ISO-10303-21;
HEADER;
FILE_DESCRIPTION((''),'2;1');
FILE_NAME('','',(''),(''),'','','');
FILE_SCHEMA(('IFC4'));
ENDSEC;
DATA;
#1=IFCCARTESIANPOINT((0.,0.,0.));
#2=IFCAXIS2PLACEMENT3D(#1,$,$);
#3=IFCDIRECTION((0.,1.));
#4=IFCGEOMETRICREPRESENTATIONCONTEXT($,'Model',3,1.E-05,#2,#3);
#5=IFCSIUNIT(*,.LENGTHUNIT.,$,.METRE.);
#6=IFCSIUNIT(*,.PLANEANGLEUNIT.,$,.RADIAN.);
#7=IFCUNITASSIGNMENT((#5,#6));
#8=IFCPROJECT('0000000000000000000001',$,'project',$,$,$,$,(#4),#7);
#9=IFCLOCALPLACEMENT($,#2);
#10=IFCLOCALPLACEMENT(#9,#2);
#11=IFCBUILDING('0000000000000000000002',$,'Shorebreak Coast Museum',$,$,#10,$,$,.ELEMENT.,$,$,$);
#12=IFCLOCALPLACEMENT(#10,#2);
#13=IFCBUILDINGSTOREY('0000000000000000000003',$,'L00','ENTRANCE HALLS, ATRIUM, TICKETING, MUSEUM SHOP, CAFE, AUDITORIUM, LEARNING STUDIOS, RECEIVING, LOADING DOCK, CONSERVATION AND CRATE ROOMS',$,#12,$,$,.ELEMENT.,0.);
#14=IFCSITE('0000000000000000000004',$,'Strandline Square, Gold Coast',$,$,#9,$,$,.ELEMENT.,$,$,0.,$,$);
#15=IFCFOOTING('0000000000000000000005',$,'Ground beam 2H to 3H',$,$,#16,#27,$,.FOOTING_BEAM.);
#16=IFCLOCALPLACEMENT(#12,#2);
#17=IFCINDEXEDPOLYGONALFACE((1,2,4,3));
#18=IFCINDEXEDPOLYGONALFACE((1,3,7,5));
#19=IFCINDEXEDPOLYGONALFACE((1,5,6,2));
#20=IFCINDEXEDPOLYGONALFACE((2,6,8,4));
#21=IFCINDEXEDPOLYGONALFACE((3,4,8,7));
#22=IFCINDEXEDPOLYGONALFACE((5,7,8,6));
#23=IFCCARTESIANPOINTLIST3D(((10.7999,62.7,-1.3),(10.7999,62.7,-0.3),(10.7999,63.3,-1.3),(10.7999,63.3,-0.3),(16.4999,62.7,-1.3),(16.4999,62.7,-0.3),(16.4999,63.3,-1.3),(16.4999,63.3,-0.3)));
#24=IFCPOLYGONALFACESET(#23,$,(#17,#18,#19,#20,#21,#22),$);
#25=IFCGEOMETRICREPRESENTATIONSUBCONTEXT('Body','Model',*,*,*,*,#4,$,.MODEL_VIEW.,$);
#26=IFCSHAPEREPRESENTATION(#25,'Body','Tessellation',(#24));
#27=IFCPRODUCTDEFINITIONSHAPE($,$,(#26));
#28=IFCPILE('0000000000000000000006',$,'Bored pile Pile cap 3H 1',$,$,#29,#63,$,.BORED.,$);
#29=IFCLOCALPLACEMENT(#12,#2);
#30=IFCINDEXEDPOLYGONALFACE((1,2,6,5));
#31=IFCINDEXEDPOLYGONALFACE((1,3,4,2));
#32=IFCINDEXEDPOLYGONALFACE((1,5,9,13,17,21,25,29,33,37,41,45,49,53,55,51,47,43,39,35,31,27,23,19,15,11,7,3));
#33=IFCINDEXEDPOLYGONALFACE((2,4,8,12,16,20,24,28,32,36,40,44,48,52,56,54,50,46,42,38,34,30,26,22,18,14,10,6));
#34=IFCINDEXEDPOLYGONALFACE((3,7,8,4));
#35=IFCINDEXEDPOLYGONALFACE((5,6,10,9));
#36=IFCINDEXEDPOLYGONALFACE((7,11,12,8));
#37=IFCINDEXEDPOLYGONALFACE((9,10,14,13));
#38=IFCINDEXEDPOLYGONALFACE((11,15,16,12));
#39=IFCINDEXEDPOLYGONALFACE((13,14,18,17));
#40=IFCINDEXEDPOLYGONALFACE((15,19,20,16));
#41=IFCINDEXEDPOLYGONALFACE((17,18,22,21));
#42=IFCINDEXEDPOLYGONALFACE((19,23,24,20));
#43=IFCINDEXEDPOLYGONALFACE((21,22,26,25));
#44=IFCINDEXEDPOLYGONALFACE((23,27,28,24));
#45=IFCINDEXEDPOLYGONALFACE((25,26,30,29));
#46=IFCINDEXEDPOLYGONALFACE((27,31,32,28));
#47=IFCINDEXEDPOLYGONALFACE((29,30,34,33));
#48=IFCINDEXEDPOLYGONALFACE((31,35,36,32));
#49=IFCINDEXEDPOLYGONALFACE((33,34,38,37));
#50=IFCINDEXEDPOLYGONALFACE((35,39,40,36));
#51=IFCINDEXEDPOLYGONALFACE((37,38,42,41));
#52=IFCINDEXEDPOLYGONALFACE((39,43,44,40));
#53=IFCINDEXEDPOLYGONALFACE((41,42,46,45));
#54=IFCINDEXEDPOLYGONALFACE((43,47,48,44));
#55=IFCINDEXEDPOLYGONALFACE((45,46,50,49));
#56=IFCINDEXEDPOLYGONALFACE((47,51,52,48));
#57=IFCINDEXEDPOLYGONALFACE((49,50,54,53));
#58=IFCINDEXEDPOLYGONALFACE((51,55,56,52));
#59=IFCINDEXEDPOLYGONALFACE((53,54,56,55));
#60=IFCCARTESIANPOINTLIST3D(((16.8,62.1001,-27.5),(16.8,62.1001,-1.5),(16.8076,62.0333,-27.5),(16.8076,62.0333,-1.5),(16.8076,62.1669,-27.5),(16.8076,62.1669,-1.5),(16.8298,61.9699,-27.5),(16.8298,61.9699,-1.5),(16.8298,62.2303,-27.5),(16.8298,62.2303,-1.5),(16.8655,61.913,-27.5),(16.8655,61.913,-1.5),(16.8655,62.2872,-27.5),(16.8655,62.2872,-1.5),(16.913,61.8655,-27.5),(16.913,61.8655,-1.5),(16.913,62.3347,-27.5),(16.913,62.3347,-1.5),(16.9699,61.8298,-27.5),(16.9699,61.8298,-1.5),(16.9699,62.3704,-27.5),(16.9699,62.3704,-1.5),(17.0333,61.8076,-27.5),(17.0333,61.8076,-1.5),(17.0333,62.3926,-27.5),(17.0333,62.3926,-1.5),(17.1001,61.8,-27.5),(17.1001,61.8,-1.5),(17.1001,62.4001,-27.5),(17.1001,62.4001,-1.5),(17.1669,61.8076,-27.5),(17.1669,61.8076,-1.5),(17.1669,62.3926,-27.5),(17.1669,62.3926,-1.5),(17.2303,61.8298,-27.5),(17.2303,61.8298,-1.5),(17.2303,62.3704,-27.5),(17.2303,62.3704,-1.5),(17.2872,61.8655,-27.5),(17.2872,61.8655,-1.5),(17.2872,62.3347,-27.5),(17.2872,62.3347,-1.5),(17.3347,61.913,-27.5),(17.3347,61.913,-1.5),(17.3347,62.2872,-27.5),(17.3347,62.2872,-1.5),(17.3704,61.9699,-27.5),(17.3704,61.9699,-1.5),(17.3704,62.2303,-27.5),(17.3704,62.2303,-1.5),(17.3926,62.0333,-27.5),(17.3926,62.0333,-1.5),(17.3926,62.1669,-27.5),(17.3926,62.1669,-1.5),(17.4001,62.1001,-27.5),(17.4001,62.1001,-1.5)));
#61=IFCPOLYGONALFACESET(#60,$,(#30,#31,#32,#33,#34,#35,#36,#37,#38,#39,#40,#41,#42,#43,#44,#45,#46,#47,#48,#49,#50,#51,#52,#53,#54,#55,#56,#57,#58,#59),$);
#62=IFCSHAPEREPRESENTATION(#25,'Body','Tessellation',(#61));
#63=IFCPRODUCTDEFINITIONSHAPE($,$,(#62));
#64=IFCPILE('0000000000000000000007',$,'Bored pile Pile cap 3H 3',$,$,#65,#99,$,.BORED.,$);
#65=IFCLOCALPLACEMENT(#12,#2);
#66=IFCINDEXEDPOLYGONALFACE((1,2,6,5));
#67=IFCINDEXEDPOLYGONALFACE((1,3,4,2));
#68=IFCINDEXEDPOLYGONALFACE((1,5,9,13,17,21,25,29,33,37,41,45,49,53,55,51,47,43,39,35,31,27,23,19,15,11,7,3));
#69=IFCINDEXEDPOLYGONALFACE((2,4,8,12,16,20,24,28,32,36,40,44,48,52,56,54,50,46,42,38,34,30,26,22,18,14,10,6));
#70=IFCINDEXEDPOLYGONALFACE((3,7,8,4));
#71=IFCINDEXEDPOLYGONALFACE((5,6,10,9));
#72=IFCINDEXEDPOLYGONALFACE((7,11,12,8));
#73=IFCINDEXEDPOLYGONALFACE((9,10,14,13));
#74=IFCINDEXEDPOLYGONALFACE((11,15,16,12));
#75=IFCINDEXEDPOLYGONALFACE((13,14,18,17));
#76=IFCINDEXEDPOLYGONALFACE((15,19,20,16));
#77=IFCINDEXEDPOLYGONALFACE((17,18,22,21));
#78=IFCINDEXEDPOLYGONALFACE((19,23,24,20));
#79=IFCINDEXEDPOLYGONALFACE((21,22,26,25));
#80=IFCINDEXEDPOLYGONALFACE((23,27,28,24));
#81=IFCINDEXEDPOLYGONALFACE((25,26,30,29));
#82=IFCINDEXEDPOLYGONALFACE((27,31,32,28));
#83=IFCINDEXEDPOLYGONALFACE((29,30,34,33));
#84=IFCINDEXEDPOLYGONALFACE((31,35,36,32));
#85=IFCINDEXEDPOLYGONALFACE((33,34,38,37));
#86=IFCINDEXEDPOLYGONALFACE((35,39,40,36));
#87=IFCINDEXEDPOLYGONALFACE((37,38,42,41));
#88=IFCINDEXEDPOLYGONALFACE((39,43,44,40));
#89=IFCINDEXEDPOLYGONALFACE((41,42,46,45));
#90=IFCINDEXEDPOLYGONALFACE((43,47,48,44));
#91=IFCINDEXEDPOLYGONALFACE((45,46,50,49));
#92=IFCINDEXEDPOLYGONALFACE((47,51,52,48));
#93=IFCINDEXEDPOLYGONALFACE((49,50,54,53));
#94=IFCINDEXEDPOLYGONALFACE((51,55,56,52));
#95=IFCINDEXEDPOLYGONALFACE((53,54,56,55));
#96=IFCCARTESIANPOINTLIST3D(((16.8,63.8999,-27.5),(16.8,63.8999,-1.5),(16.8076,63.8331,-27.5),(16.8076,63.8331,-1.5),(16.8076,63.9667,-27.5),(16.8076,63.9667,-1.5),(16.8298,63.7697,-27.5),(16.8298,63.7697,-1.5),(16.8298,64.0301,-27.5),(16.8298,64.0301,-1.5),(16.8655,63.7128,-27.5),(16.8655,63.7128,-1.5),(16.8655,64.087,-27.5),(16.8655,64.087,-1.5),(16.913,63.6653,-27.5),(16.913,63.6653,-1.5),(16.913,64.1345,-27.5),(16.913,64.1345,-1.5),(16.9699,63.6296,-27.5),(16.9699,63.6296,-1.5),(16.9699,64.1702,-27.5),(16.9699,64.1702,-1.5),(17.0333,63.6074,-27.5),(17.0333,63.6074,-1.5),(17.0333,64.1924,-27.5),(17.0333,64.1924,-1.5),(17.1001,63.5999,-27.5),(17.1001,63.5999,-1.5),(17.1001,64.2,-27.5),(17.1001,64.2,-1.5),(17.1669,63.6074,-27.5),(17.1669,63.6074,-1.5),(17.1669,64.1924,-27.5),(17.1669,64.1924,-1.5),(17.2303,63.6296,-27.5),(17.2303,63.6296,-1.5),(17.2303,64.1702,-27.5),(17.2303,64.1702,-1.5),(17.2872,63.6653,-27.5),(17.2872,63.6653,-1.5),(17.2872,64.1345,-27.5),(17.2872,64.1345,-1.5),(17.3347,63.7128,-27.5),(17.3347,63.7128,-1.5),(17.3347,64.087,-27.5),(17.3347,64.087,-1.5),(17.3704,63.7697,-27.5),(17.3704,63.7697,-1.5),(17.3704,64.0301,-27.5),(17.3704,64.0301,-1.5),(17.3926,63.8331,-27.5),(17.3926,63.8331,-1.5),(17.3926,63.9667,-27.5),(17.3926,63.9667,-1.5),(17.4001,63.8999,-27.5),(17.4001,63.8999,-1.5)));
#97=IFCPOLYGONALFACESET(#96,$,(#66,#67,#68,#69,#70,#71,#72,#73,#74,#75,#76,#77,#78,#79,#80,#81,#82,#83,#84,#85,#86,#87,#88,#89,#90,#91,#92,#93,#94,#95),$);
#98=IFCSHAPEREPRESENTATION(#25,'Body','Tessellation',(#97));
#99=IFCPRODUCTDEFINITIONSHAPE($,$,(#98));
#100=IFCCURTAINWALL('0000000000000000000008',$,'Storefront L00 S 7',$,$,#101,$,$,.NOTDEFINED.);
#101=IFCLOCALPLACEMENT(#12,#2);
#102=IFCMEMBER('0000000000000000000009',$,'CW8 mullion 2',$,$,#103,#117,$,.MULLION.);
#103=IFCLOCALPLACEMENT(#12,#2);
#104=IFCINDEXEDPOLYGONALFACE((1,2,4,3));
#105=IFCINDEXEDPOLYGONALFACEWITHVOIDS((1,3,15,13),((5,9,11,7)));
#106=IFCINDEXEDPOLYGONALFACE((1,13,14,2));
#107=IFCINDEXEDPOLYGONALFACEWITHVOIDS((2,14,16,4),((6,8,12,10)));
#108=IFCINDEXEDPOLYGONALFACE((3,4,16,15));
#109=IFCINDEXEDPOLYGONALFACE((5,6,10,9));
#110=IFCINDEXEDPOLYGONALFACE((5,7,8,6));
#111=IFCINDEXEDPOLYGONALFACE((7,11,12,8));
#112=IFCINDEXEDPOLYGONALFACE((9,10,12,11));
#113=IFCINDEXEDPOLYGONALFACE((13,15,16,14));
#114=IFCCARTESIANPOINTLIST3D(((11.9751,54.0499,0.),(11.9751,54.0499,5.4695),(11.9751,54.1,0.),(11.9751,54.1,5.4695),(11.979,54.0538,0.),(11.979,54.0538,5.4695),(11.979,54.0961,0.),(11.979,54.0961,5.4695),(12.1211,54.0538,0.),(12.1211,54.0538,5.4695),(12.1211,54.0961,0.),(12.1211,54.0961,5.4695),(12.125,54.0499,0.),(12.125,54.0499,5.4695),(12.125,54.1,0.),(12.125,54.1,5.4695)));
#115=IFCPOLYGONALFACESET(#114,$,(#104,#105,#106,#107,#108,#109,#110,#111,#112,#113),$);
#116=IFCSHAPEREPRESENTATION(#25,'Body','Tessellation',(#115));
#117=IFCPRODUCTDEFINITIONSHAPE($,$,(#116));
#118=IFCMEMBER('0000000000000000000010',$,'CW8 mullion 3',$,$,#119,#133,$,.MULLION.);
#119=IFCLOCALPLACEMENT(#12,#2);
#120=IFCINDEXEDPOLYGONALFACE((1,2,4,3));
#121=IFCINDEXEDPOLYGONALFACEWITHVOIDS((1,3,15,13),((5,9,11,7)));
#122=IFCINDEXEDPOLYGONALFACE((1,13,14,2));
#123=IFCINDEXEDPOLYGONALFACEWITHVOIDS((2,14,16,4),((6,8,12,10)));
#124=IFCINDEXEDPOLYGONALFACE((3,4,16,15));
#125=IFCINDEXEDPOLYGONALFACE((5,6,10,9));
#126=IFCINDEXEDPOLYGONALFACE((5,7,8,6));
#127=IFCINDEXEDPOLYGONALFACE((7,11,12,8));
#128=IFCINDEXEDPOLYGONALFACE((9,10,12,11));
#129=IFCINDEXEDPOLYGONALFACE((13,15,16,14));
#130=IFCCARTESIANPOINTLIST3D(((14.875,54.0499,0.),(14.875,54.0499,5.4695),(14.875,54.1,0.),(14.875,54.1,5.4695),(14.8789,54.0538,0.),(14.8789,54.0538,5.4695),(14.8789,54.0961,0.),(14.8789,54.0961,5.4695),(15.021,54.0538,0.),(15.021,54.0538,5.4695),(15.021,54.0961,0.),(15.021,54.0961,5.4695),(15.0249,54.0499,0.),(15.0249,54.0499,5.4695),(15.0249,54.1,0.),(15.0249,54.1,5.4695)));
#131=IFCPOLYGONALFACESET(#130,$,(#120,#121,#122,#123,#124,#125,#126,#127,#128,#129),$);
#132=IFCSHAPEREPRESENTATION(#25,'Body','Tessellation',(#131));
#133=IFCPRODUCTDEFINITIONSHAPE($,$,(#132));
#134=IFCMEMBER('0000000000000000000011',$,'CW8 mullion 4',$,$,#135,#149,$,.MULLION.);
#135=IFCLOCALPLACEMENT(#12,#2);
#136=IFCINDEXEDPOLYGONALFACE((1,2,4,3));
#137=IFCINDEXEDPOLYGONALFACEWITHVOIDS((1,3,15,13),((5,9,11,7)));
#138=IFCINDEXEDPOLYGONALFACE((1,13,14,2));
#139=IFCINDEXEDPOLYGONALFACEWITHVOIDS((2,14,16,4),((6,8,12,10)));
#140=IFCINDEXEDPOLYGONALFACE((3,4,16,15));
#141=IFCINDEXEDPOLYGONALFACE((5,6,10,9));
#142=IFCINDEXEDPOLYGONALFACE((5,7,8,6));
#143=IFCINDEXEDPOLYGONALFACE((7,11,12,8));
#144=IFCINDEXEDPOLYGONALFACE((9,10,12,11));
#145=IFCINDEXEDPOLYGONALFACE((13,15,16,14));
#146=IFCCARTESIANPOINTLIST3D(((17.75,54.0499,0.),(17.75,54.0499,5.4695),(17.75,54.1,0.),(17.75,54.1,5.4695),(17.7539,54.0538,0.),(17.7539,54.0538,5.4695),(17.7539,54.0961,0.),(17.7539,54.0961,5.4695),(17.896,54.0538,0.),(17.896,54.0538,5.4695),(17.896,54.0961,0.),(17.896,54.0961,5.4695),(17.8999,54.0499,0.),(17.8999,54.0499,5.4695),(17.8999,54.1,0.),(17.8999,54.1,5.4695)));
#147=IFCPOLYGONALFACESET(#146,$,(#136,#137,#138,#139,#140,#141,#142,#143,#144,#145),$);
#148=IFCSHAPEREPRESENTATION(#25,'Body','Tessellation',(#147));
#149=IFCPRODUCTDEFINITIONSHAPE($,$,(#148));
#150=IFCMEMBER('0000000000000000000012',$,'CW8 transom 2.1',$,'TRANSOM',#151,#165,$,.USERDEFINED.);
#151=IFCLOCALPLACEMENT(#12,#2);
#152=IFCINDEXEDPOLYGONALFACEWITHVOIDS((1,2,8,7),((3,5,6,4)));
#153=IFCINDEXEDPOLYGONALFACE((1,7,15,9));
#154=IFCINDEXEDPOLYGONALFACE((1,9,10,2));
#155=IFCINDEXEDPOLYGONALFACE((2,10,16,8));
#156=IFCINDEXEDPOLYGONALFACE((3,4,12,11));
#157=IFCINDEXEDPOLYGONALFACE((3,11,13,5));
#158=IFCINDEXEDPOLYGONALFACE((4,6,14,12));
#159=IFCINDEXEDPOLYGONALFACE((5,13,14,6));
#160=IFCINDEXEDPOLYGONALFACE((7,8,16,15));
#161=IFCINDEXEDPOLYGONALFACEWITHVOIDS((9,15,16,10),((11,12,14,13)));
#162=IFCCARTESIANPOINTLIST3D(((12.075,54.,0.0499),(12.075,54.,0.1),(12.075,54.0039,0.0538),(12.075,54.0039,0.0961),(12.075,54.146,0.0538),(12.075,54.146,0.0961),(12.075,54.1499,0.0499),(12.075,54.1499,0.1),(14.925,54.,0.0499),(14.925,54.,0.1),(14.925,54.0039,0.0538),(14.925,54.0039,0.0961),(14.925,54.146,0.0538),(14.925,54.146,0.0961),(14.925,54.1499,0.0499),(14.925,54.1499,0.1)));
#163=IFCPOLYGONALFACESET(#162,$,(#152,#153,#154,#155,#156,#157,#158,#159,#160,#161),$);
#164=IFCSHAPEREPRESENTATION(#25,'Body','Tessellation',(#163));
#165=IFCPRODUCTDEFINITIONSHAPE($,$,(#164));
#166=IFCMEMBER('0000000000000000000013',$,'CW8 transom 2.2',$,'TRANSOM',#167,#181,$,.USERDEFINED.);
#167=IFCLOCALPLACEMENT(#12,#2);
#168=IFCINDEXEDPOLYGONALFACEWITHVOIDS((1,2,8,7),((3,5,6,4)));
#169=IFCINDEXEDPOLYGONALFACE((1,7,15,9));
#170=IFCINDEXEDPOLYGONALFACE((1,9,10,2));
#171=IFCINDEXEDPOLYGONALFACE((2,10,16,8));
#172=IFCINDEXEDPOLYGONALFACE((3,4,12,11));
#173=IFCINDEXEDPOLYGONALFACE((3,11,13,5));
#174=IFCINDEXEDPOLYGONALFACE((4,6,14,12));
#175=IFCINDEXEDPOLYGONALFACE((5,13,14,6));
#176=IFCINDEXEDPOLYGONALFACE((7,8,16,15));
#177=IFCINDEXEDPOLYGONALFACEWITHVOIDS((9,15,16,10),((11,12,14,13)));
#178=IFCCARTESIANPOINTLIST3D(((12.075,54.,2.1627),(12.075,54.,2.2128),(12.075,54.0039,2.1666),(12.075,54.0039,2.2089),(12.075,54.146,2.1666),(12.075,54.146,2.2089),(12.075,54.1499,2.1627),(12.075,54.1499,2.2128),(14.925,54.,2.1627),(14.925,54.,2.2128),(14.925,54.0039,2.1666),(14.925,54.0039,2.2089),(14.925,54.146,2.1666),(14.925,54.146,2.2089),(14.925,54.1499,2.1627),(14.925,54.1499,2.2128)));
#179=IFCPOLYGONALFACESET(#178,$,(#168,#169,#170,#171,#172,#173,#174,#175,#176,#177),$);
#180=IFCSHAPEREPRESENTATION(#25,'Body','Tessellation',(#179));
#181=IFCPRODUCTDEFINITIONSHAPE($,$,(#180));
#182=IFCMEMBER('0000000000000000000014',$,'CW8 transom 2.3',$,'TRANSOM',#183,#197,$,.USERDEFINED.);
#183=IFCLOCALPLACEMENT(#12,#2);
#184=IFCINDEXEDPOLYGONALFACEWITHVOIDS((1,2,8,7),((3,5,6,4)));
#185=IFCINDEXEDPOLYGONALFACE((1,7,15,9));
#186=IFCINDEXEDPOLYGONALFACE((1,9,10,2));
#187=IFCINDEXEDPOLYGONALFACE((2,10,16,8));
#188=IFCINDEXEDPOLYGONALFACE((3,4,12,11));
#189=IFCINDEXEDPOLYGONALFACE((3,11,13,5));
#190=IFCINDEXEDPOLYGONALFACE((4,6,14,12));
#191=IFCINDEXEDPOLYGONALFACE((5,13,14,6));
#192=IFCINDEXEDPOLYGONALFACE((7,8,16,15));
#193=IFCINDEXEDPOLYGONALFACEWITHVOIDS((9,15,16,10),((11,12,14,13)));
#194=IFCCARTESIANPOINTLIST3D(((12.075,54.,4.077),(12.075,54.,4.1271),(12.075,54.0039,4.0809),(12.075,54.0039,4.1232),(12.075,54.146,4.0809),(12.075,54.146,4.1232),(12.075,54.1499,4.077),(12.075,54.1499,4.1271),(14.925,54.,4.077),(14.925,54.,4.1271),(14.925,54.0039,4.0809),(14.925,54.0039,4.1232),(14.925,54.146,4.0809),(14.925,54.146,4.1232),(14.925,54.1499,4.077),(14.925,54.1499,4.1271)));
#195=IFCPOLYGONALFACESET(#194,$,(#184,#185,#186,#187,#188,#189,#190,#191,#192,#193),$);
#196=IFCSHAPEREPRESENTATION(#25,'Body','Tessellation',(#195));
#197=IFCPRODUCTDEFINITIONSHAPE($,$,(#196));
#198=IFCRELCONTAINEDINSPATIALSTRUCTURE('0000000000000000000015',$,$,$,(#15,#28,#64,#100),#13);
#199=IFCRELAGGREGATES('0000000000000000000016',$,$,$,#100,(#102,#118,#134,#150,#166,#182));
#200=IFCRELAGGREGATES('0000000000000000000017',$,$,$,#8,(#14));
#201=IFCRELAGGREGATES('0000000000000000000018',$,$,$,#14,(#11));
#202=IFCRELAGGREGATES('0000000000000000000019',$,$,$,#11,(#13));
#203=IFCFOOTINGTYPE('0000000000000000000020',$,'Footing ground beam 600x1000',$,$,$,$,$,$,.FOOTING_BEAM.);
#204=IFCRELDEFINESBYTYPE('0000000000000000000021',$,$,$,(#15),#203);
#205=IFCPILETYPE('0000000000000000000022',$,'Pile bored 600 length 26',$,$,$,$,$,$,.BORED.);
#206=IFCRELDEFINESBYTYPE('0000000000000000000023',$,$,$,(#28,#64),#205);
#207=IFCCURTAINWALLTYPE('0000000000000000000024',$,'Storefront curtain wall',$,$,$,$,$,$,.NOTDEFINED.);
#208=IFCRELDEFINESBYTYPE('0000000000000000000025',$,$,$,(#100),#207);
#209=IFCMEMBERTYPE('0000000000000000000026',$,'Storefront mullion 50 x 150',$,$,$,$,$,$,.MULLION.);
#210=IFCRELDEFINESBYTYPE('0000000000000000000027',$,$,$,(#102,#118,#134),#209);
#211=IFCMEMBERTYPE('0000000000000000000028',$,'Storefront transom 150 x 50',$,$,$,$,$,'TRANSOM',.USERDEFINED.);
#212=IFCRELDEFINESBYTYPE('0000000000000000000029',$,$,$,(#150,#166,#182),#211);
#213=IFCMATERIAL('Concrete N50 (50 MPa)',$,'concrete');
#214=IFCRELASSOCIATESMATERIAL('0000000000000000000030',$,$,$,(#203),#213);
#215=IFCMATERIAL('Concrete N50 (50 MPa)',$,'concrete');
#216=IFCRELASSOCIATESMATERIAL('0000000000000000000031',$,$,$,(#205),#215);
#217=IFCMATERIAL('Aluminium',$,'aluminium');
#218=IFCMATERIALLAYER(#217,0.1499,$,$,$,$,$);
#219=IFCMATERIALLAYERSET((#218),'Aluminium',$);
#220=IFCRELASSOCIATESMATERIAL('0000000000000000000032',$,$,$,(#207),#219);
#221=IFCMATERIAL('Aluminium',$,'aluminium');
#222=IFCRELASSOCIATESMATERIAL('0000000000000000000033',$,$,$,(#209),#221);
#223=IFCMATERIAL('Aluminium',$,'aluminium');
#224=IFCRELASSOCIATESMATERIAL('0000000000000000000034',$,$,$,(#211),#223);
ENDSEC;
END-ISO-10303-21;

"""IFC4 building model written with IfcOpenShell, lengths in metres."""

from ifc_helpers import new_model, si_unit, direction, frame, origin, origin_2d, place, context, subcontext, project, spatial, rectangle, hollow_rectangle, circle, extrude, material, layer, layer_set, material_profile, profile_set, type_object, element, aggregate, save


model = new_model("IFC4")

# Units and contexts
model_context = context("Model", 3, precision=1e-05, world=origin(), true_north=direction((0.0, 1.0)))
body_context = subcontext(model_context, "Body", "Model", "MODEL_VIEW")
ifc_project = project(units=[si_unit("LENGTHUNIT", "METRE"), si_unit("PLANEANGLEUNIT", "RADIAN")], contexts=[model_context])

# Site, building, storey
site_placement = place(None, origin())
site = spatial("IfcSite", under=ifc_project, at=site_placement, Name="Strandline Square, Gold Coast", CompositionType="ELEMENT", RefElevation=0.0)
building_placement = place(site_placement, origin())
building = spatial("IfcBuilding", under=site, at=building_placement, Name="Shorebreak Coast Museum", CompositionType="ELEMENT")
storey_placement = place(building_placement, origin())
storey = spatial("IfcBuildingStorey", under=building, at=storey_placement, Name="L00", Description="ENTRANCE HALLS, ATRIUM, TICKETING, MUSEUM SHOP, CAFE, AUDITORIUM, LEARNING STUDIOS, RECEIVING, LOADING DOCK, CONSERVATION AND CRATE ROOMS", CompositionType="ELEMENT", Elevation=0.0)

# Footing
ifc_material_1 = material(Name="Concrete N50 (50 MPa)", Category="concrete")
footing_type = type_object("IfcFootingType", Name="Footing ground beam 600x1000", PredefinedType="FOOTING_BEAM", material=ifc_material_1)
footing_placement = place(storey_placement, frame((13.6499, 63.0, -1.3), z_axis=(0.0, 0.0, 1.0), x_axis=(1.0, 0.0, 0.0)))
element("IfcFooting", 1, at=footing_placement, inside=storey, type_object=footing_type, Name="Ground beam 2H to 3H", PredefinedType="FOOTING_BEAM", context=body_context, shape_type="SweptSolid", body=[
    extrude(rectangle(XDim=5.7, YDim=0.6001, at=origin_2d()), origin(), (0.0, 0.0, 1.0), 1.0),
])

# Piles
ifc_material_2 = material(Name="Concrete N50 (50 MPa)", Category="concrete")
ifc_material_profile_1 = material_profile(ifc_material_2, circle(Radius=0.3, at=origin_2d()), Name="Pile bored 600 length 26")
ifc_profile_set_1 = profile_set([ifc_material_profile_1], Name="Concrete N50 (50 MPa)")
pile_type = type_object("IfcPileType", Name="Pile bored 600 length 26", PredefinedType="BORED", material=ifc_profile_set_1)
for number, where, z_axis, x_axis, name in (
    (2, (17.1001, 62.1001, -1.5), (0.0, 0.0, -1.0), (1.0, 0.0, 0.0), "Bored pile Pile cap 3H 1"),
    (3, (17.1001, 63.8999, -1.5), (0.0, 0.0, -1.0), (1.0, 0.0, 0.0), "Bored pile Pile cap 3H 3"),
):
    element("IfcPile", number, at=place(storey_placement, frame(where, z_axis=z_axis, x_axis=x_axis)), inside=storey, type_object=pile_type, Name=name, PredefinedType="BORED", context=body_context, shape_type="SweptSolid", body=[
        extrude(circle(Radius=0.3, at=origin_2d()), origin(), (0.0, 0.0, 1.0), 26.0),
    ])

# Curtain wall, members
ifc_material_3 = material(Name="Aluminium", Category="aluminium")
ifc_layer_1 = layer(ifc_material_3, 0.1499)
ifc_layer_set_1 = layer_set([ifc_layer_1], Name="Aluminium")
curtain_wall_type = type_object("IfcCurtainWallType", Name="Storefront curtain wall", PredefinedType="NOTDEFINED", material=ifc_layer_set_1)
curtain_wall_placement = place(storey_placement, origin())
curtain_wall = element("IfcCurtainWall", 4, at=curtain_wall_placement, inside=storey, type_object=curtain_wall_type, Name="Storefront L00 S 7", PredefinedType="NOTDEFINED")
ifc_material_4 = material(Name="Aluminium", Category="aluminium")
ifc_material_profile_2 = material_profile(ifc_material_4, hollow_rectangle(XDim=0.05, YDim=0.1499, WallThickness=0.0039, at=origin_2d()), Name="AL 150x50 RHS")
ifc_profile_set_2 = profile_set([ifc_material_profile_2], Name="Aluminium")
member_type_1 = type_object("IfcMemberType", Name="Storefront mullion 50 x 150", PredefinedType="MULLION", material=ifc_profile_set_2)
member_1_placement = place(storey_placement, frame((12.05, 54.075, 0.0), z_axis=(0.0, 0.0, 1.0), x_axis=(0.0, 1.0, 0.0)))
member_1 = element("IfcMember", 5, at=member_1_placement, type_object=member_type_1, Name="CW8 mullion 2", PredefinedType="MULLION", context=body_context, shape_type="SweptSolid", body=[
    extrude(hollow_rectangle(XDim=0.05, YDim=0.1499, WallThickness=0.0039, at=origin_2d()), origin(), (0.0, 0.0, 1.0), 5.4695),
])
member_2_placement = place(storey_placement, frame((14.95, 54.075, 0.0), z_axis=(0.0, 0.0, 1.0), x_axis=(0.0, 1.0, 0.0)))
member_2 = element("IfcMember", 6, at=member_2_placement, type_object=member_type_1, Name="CW8 mullion 3", PredefinedType="MULLION", context=body_context, shape_type="SweptSolid", body=[
    extrude(hollow_rectangle(XDim=0.05, YDim=0.1499, WallThickness=0.0039, at=origin_2d()), origin(), (0.0, 0.0, 1.0), 5.4695),
])
member_3_placement = place(storey_placement, frame((17.825, 54.075, 0.0), z_axis=(0.0, 0.0, 1.0), x_axis=(0.0, 1.0, 0.0)))
member_3 = element("IfcMember", 7, at=member_3_placement, type_object=member_type_1, Name="CW8 mullion 4", PredefinedType="MULLION", context=body_context, shape_type="SweptSolid", body=[
    extrude(hollow_rectangle(XDim=0.05, YDim=0.1499, WallThickness=0.0039, at=origin_2d()), origin(), (0.0, 0.0, 1.0), 5.4695),
])
ifc_material_5 = material(Name="Aluminium", Category="aluminium")
ifc_material_profile_3 = material_profile(ifc_material_5, hollow_rectangle(XDim=0.1499, YDim=0.05, WallThickness=0.0039, at=origin_2d()), Name="AL 50x150 RHS")
ifc_profile_set_3 = profile_set([ifc_material_profile_3], Name="Aluminium")
member_type_2 = type_object("IfcMemberType", Name="Storefront transom 150 x 50", ElementType="TRANSOM", PredefinedType="USERDEFINED", material=ifc_profile_set_3)
member_4_placement = place(storey_placement, frame((12.075, 54.075, 0.075), z_axis=(1.0, 0.0, 0.0), x_axis=(0.0, 1.0, 0.0)))
member_4 = element("IfcMember", 8, at=member_4_placement, type_object=member_type_2, Name="CW8 transom 2.1", ObjectType="TRANSOM", PredefinedType="USERDEFINED", context=body_context, shape_type="SweptSolid", body=[
    extrude(hollow_rectangle(XDim=0.1499, YDim=0.05, WallThickness=0.0039, at=origin_2d()), origin(), (0.0, 0.0, 1.0), 2.8501),
])
member_5_placement = place(storey_placement, frame((12.075, 54.075, 2.1877), z_axis=(1.0, 0.0, 0.0), x_axis=(0.0, 1.0, 0.0)))
member_5 = element("IfcMember", 9, at=member_5_placement, type_object=member_type_2, Name="CW8 transom 2.2", ObjectType="TRANSOM", PredefinedType="USERDEFINED", context=body_context, shape_type="SweptSolid", body=[
    extrude(hollow_rectangle(XDim=0.1499, YDim=0.05, WallThickness=0.0039, at=origin_2d()), origin(), (0.0, 0.0, 1.0), 2.8501),
])
member_6_placement = place(storey_placement, frame((12.075, 54.075, 4.1021), z_axis=(1.0, 0.0, 0.0), x_axis=(0.0, 1.0, 0.0)))
member_6 = element("IfcMember", 10, at=member_6_placement, type_object=member_type_2, Name="CW8 transom 2.3", ObjectType="TRANSOM", PredefinedType="USERDEFINED", context=body_context, shape_type="SweptSolid", body=[
    extrude(hollow_rectangle(XDim=0.1499, YDim=0.05, WallThickness=0.0039, at=origin_2d()), origin(), (0.0, 0.0, 1.0), 2.8501),
])
aggregate(curtain_wall, [member_1, member_2, member_3, member_4, member_5, member_6])

save(model, "model.ifc")
